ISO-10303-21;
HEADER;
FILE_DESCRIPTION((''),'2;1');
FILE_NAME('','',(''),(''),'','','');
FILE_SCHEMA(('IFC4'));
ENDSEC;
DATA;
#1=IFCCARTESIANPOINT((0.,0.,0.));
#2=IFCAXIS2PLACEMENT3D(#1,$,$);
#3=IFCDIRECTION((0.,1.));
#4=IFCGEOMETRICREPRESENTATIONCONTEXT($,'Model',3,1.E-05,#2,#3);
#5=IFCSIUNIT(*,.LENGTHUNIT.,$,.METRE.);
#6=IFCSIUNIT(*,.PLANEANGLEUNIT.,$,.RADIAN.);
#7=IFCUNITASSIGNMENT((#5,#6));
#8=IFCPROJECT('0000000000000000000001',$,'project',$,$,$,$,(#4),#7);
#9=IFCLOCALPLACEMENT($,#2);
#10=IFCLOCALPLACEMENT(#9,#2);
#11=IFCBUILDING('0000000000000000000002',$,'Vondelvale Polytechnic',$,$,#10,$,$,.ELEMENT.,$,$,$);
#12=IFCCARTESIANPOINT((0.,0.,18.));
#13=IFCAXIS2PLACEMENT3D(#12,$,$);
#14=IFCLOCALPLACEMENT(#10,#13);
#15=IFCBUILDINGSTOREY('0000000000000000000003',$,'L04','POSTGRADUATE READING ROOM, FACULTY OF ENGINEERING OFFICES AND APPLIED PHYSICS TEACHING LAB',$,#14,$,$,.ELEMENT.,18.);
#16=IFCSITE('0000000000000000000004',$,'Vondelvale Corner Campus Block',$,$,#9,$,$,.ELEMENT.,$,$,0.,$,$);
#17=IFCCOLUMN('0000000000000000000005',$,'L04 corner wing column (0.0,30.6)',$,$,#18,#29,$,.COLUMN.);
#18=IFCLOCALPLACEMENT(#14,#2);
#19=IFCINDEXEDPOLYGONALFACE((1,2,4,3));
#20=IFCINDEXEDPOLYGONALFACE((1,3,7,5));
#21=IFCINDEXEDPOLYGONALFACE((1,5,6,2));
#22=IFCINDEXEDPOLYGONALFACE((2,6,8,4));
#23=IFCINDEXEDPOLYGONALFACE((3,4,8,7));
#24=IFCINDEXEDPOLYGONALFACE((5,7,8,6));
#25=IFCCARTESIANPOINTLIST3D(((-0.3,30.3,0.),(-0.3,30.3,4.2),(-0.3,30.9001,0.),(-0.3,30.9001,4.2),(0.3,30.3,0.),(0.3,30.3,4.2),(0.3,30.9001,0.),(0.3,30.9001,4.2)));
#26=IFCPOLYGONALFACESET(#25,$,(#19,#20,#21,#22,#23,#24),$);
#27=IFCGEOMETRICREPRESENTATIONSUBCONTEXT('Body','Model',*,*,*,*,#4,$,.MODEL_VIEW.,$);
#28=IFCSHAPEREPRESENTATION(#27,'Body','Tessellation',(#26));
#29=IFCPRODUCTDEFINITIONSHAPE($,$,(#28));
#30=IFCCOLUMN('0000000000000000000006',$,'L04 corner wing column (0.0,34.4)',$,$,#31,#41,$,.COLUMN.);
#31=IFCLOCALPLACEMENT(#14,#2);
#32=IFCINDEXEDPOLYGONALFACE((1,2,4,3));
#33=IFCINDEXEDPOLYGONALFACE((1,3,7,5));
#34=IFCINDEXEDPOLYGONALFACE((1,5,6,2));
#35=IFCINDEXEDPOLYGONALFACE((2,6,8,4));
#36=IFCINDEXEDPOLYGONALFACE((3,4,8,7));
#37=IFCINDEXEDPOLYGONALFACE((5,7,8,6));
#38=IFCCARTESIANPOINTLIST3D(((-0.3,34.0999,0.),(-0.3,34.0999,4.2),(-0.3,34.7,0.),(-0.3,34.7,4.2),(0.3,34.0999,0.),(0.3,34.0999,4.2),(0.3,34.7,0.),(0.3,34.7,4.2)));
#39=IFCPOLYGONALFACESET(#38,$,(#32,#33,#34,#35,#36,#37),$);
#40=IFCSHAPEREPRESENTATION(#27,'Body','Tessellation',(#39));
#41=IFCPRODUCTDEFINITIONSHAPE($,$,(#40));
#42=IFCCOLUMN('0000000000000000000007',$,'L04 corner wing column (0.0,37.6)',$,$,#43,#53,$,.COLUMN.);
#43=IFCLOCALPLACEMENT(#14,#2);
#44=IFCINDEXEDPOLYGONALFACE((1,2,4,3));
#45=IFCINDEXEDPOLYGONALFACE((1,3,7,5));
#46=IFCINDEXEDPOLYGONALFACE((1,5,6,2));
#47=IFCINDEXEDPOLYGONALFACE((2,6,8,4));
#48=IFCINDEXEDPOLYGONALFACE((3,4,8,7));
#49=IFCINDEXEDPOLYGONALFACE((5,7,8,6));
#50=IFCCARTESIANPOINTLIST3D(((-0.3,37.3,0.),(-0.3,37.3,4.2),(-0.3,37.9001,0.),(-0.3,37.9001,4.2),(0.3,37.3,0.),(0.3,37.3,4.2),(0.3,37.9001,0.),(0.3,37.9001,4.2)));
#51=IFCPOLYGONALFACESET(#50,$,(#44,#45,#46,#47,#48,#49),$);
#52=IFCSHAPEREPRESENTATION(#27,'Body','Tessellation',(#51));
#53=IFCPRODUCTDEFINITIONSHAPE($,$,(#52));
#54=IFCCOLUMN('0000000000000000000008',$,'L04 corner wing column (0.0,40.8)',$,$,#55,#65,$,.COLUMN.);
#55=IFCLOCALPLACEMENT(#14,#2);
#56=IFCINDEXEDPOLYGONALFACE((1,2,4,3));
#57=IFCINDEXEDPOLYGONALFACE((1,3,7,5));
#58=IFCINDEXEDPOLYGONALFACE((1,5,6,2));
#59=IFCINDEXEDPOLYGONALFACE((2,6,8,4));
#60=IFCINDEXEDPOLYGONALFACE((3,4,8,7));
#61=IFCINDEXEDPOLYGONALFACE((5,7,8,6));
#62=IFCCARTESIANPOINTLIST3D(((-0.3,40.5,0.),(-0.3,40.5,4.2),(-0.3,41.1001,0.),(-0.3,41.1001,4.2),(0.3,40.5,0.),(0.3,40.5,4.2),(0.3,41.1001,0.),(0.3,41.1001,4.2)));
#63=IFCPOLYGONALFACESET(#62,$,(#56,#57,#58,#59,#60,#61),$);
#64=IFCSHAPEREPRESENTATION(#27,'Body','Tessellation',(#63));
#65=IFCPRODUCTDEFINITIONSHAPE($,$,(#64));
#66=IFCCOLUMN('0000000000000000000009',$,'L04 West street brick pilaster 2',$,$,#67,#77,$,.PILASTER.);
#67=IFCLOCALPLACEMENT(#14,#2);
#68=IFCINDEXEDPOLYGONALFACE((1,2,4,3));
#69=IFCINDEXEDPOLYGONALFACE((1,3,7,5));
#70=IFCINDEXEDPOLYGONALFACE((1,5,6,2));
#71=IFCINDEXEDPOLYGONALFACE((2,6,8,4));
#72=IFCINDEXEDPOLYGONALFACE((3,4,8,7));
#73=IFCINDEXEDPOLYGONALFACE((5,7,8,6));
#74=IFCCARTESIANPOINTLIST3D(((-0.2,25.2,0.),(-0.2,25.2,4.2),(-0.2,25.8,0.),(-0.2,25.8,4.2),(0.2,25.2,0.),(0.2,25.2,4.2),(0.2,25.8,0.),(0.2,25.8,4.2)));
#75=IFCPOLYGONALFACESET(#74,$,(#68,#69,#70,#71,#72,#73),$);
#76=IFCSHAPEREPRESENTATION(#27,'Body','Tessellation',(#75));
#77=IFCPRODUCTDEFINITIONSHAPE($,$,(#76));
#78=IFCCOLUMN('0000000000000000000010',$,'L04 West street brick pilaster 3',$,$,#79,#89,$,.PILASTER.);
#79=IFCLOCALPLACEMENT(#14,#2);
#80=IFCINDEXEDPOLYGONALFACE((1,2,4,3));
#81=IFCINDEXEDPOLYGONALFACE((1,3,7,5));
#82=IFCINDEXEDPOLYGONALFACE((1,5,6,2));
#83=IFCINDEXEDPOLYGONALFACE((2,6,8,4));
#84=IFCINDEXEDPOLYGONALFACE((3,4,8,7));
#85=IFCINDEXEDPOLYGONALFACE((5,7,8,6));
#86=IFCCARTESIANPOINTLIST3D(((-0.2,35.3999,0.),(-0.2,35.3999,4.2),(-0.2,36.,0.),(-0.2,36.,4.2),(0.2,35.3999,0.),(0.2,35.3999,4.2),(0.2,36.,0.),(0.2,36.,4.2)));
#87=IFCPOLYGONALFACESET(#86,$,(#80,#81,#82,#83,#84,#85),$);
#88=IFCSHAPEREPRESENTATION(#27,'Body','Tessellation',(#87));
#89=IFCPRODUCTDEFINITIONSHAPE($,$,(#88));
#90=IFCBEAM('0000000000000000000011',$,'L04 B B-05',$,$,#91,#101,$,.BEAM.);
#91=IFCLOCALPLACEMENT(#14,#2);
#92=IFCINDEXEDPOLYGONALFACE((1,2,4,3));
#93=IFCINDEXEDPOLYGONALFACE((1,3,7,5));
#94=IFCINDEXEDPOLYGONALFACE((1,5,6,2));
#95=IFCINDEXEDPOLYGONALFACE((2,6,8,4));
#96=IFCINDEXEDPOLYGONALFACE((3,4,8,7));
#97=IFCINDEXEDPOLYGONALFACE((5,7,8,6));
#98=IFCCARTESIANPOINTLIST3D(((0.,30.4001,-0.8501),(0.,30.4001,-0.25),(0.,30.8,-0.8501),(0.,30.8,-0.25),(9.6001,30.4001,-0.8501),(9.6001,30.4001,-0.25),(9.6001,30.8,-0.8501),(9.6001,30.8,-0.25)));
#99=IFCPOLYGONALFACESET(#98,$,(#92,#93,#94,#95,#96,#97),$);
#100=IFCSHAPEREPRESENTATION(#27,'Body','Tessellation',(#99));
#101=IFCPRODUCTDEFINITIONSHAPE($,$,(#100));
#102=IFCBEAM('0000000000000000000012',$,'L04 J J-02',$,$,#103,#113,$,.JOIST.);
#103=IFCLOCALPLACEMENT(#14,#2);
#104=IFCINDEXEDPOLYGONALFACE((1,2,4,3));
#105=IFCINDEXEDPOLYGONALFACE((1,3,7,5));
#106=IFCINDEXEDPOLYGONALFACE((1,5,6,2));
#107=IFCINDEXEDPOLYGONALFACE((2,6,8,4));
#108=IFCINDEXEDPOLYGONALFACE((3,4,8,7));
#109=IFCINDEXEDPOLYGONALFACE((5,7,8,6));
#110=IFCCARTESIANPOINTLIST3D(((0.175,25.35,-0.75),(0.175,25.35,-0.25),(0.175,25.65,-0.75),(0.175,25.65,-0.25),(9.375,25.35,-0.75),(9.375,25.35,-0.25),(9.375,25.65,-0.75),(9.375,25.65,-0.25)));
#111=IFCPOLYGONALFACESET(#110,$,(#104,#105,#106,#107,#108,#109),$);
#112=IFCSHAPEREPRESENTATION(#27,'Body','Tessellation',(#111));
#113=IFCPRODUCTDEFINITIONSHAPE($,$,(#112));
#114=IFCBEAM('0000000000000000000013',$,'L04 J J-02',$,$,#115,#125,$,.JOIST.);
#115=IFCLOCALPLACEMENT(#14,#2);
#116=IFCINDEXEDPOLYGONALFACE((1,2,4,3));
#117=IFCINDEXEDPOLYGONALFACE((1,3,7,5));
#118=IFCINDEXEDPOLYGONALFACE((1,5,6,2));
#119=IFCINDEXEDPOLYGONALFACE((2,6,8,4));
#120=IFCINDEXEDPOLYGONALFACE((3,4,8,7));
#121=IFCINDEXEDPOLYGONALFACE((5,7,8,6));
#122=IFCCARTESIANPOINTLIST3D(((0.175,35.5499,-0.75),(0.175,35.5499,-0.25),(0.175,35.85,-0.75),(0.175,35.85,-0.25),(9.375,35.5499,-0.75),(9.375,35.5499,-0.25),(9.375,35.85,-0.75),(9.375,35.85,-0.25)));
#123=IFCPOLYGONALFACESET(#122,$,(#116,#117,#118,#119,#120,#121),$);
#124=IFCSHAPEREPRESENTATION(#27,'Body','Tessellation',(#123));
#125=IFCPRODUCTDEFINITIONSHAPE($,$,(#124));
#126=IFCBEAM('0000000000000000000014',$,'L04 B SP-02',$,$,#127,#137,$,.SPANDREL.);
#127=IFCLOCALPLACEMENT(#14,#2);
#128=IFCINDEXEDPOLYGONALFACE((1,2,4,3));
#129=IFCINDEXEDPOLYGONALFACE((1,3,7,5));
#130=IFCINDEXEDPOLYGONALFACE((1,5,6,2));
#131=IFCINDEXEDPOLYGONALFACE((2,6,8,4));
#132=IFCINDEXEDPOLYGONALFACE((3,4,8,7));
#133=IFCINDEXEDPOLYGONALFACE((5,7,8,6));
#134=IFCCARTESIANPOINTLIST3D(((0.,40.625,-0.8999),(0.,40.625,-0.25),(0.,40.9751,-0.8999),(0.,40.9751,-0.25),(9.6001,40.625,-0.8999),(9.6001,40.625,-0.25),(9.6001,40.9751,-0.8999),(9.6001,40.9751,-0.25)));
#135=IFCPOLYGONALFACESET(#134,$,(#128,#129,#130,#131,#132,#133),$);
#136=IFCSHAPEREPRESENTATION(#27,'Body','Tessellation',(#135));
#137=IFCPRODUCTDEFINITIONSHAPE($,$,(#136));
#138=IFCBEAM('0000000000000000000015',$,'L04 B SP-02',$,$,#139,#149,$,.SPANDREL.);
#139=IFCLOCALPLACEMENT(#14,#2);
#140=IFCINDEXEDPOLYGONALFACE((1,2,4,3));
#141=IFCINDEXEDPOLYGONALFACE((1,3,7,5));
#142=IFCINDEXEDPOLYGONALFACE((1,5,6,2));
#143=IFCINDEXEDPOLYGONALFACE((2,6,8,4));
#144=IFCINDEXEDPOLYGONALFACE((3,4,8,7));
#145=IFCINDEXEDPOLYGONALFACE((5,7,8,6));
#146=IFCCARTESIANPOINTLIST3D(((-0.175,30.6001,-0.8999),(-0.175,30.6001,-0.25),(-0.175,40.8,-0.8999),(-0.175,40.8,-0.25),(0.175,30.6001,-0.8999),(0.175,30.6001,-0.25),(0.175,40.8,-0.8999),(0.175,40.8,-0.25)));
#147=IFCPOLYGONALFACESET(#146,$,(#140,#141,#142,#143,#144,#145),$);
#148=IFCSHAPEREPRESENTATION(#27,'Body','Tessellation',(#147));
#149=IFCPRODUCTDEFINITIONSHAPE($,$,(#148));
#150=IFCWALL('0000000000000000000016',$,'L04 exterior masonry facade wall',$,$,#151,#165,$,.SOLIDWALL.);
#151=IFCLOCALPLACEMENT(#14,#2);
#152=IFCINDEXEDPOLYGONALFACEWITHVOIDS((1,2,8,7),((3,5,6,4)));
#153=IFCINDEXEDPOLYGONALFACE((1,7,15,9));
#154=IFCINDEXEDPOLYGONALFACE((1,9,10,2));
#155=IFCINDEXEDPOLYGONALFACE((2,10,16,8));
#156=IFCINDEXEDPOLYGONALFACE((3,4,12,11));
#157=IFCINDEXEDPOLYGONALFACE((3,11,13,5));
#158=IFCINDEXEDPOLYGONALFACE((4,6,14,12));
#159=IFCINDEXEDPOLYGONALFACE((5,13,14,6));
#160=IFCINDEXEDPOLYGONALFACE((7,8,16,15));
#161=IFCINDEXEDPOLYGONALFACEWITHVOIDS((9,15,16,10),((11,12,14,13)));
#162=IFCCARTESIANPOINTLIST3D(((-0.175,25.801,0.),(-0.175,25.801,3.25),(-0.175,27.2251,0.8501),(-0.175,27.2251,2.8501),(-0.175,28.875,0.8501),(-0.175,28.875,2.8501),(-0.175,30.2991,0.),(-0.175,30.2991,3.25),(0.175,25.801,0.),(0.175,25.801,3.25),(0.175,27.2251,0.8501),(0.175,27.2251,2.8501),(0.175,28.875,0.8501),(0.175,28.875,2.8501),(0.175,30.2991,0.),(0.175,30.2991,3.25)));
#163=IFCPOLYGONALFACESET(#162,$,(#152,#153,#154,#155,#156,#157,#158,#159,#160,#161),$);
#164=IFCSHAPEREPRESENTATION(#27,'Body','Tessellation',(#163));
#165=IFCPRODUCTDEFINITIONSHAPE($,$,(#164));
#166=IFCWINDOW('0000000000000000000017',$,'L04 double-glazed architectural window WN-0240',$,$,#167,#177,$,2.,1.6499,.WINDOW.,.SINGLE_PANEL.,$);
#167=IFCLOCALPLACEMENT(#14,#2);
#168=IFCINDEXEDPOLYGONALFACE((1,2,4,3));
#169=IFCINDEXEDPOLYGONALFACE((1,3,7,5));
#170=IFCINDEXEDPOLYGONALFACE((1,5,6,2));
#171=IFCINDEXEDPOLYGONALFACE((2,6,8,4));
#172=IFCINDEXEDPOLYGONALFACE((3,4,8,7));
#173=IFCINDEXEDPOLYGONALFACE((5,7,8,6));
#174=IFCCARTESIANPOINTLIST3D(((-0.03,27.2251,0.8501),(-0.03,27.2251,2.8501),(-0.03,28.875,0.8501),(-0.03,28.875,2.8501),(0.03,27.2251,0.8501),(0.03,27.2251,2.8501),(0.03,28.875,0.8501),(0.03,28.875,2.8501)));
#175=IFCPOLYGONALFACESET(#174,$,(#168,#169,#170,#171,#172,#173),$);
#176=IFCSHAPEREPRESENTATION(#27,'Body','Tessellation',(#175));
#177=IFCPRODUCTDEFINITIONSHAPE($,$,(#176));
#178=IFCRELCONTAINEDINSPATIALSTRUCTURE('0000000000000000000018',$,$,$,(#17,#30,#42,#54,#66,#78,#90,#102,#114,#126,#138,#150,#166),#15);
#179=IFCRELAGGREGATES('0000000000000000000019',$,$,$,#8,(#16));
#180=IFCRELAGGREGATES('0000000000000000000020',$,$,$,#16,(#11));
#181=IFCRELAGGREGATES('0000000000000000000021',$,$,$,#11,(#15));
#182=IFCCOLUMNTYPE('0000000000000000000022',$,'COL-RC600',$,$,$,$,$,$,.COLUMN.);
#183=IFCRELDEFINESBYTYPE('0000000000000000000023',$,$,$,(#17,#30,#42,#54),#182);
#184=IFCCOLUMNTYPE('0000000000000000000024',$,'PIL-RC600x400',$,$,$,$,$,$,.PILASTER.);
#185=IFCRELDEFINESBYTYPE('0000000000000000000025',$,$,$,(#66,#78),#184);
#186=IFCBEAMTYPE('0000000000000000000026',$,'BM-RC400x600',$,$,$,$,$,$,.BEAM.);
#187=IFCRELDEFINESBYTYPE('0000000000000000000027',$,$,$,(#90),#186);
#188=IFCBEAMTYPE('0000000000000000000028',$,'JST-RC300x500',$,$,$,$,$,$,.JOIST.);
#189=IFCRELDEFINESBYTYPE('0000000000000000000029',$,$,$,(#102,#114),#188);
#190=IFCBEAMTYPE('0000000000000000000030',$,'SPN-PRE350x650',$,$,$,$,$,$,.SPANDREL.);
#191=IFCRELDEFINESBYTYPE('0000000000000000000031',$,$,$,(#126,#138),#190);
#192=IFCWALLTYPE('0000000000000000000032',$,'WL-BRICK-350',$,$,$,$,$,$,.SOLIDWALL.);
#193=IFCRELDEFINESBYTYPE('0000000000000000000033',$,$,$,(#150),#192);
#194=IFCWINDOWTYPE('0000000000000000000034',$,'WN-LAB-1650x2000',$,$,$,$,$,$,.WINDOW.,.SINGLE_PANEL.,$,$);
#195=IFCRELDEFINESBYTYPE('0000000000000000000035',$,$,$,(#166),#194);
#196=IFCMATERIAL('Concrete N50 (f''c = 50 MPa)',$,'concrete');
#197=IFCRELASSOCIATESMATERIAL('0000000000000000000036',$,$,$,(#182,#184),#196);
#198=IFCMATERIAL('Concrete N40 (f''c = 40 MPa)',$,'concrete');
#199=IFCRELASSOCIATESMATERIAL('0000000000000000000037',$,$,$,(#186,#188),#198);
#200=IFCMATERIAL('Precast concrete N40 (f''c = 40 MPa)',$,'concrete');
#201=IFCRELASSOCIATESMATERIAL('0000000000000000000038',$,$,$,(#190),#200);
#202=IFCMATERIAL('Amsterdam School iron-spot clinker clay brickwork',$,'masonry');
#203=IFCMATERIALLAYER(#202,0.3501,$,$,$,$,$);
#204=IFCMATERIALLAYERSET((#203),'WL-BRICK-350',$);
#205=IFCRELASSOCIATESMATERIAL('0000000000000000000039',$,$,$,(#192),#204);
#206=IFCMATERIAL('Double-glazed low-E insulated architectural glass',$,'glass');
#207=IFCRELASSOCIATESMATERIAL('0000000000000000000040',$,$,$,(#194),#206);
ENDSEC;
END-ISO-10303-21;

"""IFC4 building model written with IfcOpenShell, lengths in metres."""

from ifc_helpers import new_model, si_unit, direction, frame, frame_2d, origin, origin_2d, place, context, subcontext, project, spatial, rectangle, extrude, material, layer, layer_set, material_profile, profile_set, type_object, element, fill, save


model = new_model("IFC4")

# Units and contexts
model_context = context("Model", 3, precision=1e-05, world=origin(), true_north=direction((0.0, 1.0)))
body_context = subcontext(model_context, "Body", "Model", "MODEL_VIEW")
ifc_project = project(units=[si_unit("LENGTHUNIT", "METRE"), si_unit("PLANEANGLEUNIT", "RADIAN")], contexts=[model_context])

# Site, building, storey
site_placement = place(None, origin())
site = spatial("IfcSite", under=ifc_project, at=site_placement, Name="Vondelvale Corner Campus Block", CompositionType="ELEMENT", RefElevation=0.0)
building_placement = place(site_placement, origin())
building = spatial("IfcBuilding", under=site, at=building_placement, Name="Vondelvale Polytechnic", CompositionType="ELEMENT")
storey_placement = place(building_placement, frame((0.0, 0.0, 18.0)))
storey = spatial("IfcBuildingStorey", under=building, at=storey_placement, Name="L04", Description="POSTGRADUATE READING ROOM, FACULTY OF ENGINEERING OFFICES AND APPLIED PHYSICS TEACHING LAB", CompositionType="ELEMENT", Elevation=18.0)

# Columns
ifc_material_1 = material(Name="Concrete N50 (f'c = 50 MPa)", Category="concrete")
ifc_material_profile_1 = material_profile(ifc_material_1, rectangle(XDim=0.6001, YDim=0.6001, at=origin_2d()), Name="RC-COL-600x600")
ifc_profile_set_1 = profile_set([ifc_material_profile_1], Name="Concrete N50 (f'c = 50 MPa)")
column_type_1 = type_object("IfcColumnType", Name="COL-RC600", PredefinedType="COLUMN", material=ifc_profile_set_1)
for number, where, z_axis, x_axis, name in (
    (1, (0.0, 30.6001, 0.0), (0.0, 0.0, 1.0), (1.0, 0.0, 0.0), "L04 corner wing column (0.0,30.6)"),
    (2, (0.0, 34.3999, 0.0), (0.0, 0.0, 1.0), (1.0, 0.0, 0.0), "L04 corner wing column (0.0,34.4)"),
    (3, (0.0, 37.6001, 0.0), (0.0, 0.0, 1.0), (1.0, 0.0, 0.0), "L04 corner wing column (0.0,37.6)"),
    (4, (0.0, 40.8, 0.0), (0.0, 0.0, 1.0), (1.0, 0.0, 0.0), "L04 corner wing column (0.0,40.8)"),
):
    element("IfcColumn", number, at=place(storey_placement, frame(where, z_axis=z_axis, x_axis=x_axis)), inside=storey, type_object=column_type_1, Name=name, PredefinedType="COLUMN", context=body_context, shape_type="SweptSolid", body=[
        extrude(rectangle(XDim=0.6001, YDim=0.6001, at=origin_2d()), origin(), (0.0, 0.0, 1.0), 4.2),
    ])
ifc_material_profile_2 = material_profile(ifc_material_1, rectangle(XDim=0.3999, YDim=0.6001, at=origin_2d()), Name="RC-PIL-600x400")
ifc_profile_set_2 = profile_set([ifc_material_profile_2], Name="Concrete N50 (f'c = 50 MPa)")
column_type_2 = type_object("IfcColumnType", Name="PIL-RC600x400", PredefinedType="PILASTER", material=ifc_profile_set_2)
for number, where, z_axis, x_axis, name in (
    (5, (0.0, 25.5, 0.0), (0.0, 0.0, 1.0), (1.0, 0.0, 0.0), "L04 West street brick pilaster 2"),
    (6, (0.0, 35.7, 0.0), (0.0, 0.0, 1.0), (1.0, 0.0, 0.0), "L04 West street brick pilaster 3"),
):
    element("IfcColumn", number, at=place(storey_placement, frame(where, z_axis=z_axis, x_axis=x_axis)), inside=storey, type_object=column_type_2, Name=name, PredefinedType="PILASTER", context=body_context, shape_type="SweptSolid", body=[
        extrude(rectangle(XDim=0.3999, YDim=0.6001, at=origin_2d()), origin(), (0.0, 0.0, 1.0), 4.2),
    ])

# Beams
ifc_material_2 = material(Name="Concrete N40 (f'c = 40 MPa)", Category="concrete")
ifc_material_profile_3 = material_profile(ifc_material_2, rectangle(XDim=0.3999, YDim=0.6001, at=origin_2d()), Name="RC-BM-400x600")
ifc_profile_set_3 = profile_set([ifc_material_profile_3], Name="Concrete N40 (f'c = 40 MPa)")
beam_type_1 = type_object("IfcBeamType", Name="BM-RC400x600", PredefinedType="BEAM", material=ifc_profile_set_3)
beam_1_placement = place(storey_placement, frame((0.0, 30.6001, -0.55), z_axis=(1.0, 0.0, 0.0), x_axis=(0.0, 1.0, 0.0)))
element("IfcBeam", 7, at=beam_1_placement, inside=storey, type_object=beam_type_1, Name="L04 B B-05", PredefinedType="BEAM", context=body_context, shape_type="SweptSolid", body=[
    extrude(rectangle(XDim=0.3999, YDim=0.6001, at=origin_2d()), origin(), (0.0, 0.0, 1.0), 9.6001),
])
ifc_material_profile_4 = material_profile(ifc_material_2, rectangle(XDim=0.3, YDim=0.5, at=origin_2d()), Name="RC-JST-300x500")
ifc_profile_set_4 = profile_set([ifc_material_profile_4], Name="Concrete N40 (f'c = 40 MPa)")
beam_type_2 = type_object("IfcBeamType", Name="JST-RC300x500", PredefinedType="JOIST", material=ifc_profile_set_4)
for number, where, z_axis, x_axis, name in (
    (8, (0.175, 25.5, -0.5), (1.0, 0.0, 0.0), (0.0, 1.0, 0.0), "L04 J J-02"),
    (9, (0.175, 35.7, -0.5), (1.0, 0.0, 0.0), (0.0, 1.0, 0.0), "L04 J J-02"),
):
    element("IfcBeam", number, at=place(storey_placement, frame(where, z_axis=z_axis, x_axis=x_axis)), inside=storey, type_object=beam_type_2, Name=name, PredefinedType="JOIST", context=body_context, shape_type="SweptSolid", body=[
        extrude(rectangle(XDim=0.3, YDim=0.5, at=origin_2d()), origin(), (0.0, 0.0, 1.0), 9.2),
    ])
ifc_material_3 = material(Name="Precast concrete N40 (f'c = 40 MPa)", Category="concrete")
ifc_material_profile_5 = material_profile(ifc_material_3, rectangle(XDim=0.3501, YDim=0.6499, at=origin_2d()), Name="RC-SPN-350x650")
ifc_profile_set_5 = profile_set([ifc_material_profile_5], Name="Precast concrete N40 (f'c = 40 MPa)")
beam_type_3 = type_object("IfcBeamType", Name="SPN-PRE350x650", PredefinedType="SPANDREL", material=ifc_profile_set_5)
beam_2_placement = place(storey_placement, frame((0.0, 40.8, -0.575), z_axis=(1.0, 0.0, 0.0), x_axis=(0.0, 1.0, 0.0)))
element("IfcBeam", 10, at=beam_2_placement, inside=storey, type_object=beam_type_3, Name="L04 B SP-02", PredefinedType="SPANDREL", context=body_context, shape_type="SweptSolid", body=[
    extrude(rectangle(XDim=0.3501, YDim=0.6499, at=origin_2d()), origin(), (0.0, 0.0, 1.0), 9.6001),
])
beam_3_placement = place(storey_placement, frame((0.0, 30.6001, -0.575), z_axis=(0.0, 1.0, 0.0), x_axis=(-1.0, 0.0, 0.0)))
element("IfcBeam", 11, at=beam_3_placement, inside=storey, type_object=beam_type_3, Name="L04 B SP-02", PredefinedType="SPANDREL", context=body_context, shape_type="SweptSolid", body=[
    extrude(rectangle(XDim=0.3501, YDim=0.6499, at=origin_2d()), origin(), (0.0, 0.0, 1.0), 10.2),
])

# Wall, opening, window
ifc_material_4 = material(Name="Amsterdam School iron-spot clinker clay brickwork", Category="masonry")
ifc_layer_1 = layer(ifc_material_4, 0.3501)
ifc_layer_set_1 = layer_set([ifc_layer_1], Name="WL-BRICK-350")
wall_type = type_object("IfcWallType", Name="WL-BRICK-350", PredefinedType="SOLIDWALL", material=ifc_layer_set_1)
wall_1_placement = place(storey_placement, frame((0.0, 25.801, 0.0), z_axis=(0.0, 0.0, 1.0), x_axis=(0.0, 1.0, 0.0)))
wall_1 = element("IfcWall", 12, at=wall_1_placement, inside=storey, type_object=wall_type, Name="L04 exterior masonry facade wall", PredefinedType="SOLIDWALL", context=body_context, shape_type="SweptSolid", body=[
    extrude(rectangle(XDim=4.498, YDim=0.3501, at=frame_2d((2.249, 0.0))), origin(), (0.0, 0.0, 1.0), 3.25),
])
opening_1_placement = place(wall_1_placement, frame((1.4241, 0.0, 0.8501)))
opening_1 = element("IfcOpeningElement", 13, at=opening_1_placement, cuts=wall_1, PredefinedType="OPENING", context=body_context, shape_type="SweptSolid", body=[
    extrude(rectangle(XDim=1.6499, YDim=2.0, at=frame_2d((0.825, 1.0))), frame((0.0, 0.1851, 0.0), z_axis=(0.0, -1.0, 0.0), x_axis=(1.0, 0.0, 0.0)), (0.0, 0.0, 1.0), 0.3701),
])
ifc_material_5 = material(Name="Double-glazed low-E insulated architectural glass", Category="glass")
window_type_1 = type_object("IfcWindowType", Name="WN-LAB-1650x2000", PartitioningType="SINGLE_PANEL", PredefinedType="WINDOW", material=ifc_material_5)
window_1_placement = place(opening_1_placement, origin())
window_1 = element("IfcWindow", 14, at=window_1_placement, inside=storey, type_object=window_type_1, Name="L04 double-glazed architectural window WN-0240", OverallHeight=2.0, OverallWidth=1.6499, PartitioningType="SINGLE_PANEL", PredefinedType="WINDOW", context=body_context, shape_type="SweptSolid", body=[
    extrude(rectangle(XDim=1.6499, YDim=2.0, at=frame_2d((0.825, 1.0))), frame((0.0, 0.03, 0.0), z_axis=(0.0, -1.0, 0.0), x_axis=(1.0, 0.0, 0.0)), (0.0, 0.0, 1.0), 0.0601),
])
fill(opening_1, window_1)

save(model, "model.ifc")
